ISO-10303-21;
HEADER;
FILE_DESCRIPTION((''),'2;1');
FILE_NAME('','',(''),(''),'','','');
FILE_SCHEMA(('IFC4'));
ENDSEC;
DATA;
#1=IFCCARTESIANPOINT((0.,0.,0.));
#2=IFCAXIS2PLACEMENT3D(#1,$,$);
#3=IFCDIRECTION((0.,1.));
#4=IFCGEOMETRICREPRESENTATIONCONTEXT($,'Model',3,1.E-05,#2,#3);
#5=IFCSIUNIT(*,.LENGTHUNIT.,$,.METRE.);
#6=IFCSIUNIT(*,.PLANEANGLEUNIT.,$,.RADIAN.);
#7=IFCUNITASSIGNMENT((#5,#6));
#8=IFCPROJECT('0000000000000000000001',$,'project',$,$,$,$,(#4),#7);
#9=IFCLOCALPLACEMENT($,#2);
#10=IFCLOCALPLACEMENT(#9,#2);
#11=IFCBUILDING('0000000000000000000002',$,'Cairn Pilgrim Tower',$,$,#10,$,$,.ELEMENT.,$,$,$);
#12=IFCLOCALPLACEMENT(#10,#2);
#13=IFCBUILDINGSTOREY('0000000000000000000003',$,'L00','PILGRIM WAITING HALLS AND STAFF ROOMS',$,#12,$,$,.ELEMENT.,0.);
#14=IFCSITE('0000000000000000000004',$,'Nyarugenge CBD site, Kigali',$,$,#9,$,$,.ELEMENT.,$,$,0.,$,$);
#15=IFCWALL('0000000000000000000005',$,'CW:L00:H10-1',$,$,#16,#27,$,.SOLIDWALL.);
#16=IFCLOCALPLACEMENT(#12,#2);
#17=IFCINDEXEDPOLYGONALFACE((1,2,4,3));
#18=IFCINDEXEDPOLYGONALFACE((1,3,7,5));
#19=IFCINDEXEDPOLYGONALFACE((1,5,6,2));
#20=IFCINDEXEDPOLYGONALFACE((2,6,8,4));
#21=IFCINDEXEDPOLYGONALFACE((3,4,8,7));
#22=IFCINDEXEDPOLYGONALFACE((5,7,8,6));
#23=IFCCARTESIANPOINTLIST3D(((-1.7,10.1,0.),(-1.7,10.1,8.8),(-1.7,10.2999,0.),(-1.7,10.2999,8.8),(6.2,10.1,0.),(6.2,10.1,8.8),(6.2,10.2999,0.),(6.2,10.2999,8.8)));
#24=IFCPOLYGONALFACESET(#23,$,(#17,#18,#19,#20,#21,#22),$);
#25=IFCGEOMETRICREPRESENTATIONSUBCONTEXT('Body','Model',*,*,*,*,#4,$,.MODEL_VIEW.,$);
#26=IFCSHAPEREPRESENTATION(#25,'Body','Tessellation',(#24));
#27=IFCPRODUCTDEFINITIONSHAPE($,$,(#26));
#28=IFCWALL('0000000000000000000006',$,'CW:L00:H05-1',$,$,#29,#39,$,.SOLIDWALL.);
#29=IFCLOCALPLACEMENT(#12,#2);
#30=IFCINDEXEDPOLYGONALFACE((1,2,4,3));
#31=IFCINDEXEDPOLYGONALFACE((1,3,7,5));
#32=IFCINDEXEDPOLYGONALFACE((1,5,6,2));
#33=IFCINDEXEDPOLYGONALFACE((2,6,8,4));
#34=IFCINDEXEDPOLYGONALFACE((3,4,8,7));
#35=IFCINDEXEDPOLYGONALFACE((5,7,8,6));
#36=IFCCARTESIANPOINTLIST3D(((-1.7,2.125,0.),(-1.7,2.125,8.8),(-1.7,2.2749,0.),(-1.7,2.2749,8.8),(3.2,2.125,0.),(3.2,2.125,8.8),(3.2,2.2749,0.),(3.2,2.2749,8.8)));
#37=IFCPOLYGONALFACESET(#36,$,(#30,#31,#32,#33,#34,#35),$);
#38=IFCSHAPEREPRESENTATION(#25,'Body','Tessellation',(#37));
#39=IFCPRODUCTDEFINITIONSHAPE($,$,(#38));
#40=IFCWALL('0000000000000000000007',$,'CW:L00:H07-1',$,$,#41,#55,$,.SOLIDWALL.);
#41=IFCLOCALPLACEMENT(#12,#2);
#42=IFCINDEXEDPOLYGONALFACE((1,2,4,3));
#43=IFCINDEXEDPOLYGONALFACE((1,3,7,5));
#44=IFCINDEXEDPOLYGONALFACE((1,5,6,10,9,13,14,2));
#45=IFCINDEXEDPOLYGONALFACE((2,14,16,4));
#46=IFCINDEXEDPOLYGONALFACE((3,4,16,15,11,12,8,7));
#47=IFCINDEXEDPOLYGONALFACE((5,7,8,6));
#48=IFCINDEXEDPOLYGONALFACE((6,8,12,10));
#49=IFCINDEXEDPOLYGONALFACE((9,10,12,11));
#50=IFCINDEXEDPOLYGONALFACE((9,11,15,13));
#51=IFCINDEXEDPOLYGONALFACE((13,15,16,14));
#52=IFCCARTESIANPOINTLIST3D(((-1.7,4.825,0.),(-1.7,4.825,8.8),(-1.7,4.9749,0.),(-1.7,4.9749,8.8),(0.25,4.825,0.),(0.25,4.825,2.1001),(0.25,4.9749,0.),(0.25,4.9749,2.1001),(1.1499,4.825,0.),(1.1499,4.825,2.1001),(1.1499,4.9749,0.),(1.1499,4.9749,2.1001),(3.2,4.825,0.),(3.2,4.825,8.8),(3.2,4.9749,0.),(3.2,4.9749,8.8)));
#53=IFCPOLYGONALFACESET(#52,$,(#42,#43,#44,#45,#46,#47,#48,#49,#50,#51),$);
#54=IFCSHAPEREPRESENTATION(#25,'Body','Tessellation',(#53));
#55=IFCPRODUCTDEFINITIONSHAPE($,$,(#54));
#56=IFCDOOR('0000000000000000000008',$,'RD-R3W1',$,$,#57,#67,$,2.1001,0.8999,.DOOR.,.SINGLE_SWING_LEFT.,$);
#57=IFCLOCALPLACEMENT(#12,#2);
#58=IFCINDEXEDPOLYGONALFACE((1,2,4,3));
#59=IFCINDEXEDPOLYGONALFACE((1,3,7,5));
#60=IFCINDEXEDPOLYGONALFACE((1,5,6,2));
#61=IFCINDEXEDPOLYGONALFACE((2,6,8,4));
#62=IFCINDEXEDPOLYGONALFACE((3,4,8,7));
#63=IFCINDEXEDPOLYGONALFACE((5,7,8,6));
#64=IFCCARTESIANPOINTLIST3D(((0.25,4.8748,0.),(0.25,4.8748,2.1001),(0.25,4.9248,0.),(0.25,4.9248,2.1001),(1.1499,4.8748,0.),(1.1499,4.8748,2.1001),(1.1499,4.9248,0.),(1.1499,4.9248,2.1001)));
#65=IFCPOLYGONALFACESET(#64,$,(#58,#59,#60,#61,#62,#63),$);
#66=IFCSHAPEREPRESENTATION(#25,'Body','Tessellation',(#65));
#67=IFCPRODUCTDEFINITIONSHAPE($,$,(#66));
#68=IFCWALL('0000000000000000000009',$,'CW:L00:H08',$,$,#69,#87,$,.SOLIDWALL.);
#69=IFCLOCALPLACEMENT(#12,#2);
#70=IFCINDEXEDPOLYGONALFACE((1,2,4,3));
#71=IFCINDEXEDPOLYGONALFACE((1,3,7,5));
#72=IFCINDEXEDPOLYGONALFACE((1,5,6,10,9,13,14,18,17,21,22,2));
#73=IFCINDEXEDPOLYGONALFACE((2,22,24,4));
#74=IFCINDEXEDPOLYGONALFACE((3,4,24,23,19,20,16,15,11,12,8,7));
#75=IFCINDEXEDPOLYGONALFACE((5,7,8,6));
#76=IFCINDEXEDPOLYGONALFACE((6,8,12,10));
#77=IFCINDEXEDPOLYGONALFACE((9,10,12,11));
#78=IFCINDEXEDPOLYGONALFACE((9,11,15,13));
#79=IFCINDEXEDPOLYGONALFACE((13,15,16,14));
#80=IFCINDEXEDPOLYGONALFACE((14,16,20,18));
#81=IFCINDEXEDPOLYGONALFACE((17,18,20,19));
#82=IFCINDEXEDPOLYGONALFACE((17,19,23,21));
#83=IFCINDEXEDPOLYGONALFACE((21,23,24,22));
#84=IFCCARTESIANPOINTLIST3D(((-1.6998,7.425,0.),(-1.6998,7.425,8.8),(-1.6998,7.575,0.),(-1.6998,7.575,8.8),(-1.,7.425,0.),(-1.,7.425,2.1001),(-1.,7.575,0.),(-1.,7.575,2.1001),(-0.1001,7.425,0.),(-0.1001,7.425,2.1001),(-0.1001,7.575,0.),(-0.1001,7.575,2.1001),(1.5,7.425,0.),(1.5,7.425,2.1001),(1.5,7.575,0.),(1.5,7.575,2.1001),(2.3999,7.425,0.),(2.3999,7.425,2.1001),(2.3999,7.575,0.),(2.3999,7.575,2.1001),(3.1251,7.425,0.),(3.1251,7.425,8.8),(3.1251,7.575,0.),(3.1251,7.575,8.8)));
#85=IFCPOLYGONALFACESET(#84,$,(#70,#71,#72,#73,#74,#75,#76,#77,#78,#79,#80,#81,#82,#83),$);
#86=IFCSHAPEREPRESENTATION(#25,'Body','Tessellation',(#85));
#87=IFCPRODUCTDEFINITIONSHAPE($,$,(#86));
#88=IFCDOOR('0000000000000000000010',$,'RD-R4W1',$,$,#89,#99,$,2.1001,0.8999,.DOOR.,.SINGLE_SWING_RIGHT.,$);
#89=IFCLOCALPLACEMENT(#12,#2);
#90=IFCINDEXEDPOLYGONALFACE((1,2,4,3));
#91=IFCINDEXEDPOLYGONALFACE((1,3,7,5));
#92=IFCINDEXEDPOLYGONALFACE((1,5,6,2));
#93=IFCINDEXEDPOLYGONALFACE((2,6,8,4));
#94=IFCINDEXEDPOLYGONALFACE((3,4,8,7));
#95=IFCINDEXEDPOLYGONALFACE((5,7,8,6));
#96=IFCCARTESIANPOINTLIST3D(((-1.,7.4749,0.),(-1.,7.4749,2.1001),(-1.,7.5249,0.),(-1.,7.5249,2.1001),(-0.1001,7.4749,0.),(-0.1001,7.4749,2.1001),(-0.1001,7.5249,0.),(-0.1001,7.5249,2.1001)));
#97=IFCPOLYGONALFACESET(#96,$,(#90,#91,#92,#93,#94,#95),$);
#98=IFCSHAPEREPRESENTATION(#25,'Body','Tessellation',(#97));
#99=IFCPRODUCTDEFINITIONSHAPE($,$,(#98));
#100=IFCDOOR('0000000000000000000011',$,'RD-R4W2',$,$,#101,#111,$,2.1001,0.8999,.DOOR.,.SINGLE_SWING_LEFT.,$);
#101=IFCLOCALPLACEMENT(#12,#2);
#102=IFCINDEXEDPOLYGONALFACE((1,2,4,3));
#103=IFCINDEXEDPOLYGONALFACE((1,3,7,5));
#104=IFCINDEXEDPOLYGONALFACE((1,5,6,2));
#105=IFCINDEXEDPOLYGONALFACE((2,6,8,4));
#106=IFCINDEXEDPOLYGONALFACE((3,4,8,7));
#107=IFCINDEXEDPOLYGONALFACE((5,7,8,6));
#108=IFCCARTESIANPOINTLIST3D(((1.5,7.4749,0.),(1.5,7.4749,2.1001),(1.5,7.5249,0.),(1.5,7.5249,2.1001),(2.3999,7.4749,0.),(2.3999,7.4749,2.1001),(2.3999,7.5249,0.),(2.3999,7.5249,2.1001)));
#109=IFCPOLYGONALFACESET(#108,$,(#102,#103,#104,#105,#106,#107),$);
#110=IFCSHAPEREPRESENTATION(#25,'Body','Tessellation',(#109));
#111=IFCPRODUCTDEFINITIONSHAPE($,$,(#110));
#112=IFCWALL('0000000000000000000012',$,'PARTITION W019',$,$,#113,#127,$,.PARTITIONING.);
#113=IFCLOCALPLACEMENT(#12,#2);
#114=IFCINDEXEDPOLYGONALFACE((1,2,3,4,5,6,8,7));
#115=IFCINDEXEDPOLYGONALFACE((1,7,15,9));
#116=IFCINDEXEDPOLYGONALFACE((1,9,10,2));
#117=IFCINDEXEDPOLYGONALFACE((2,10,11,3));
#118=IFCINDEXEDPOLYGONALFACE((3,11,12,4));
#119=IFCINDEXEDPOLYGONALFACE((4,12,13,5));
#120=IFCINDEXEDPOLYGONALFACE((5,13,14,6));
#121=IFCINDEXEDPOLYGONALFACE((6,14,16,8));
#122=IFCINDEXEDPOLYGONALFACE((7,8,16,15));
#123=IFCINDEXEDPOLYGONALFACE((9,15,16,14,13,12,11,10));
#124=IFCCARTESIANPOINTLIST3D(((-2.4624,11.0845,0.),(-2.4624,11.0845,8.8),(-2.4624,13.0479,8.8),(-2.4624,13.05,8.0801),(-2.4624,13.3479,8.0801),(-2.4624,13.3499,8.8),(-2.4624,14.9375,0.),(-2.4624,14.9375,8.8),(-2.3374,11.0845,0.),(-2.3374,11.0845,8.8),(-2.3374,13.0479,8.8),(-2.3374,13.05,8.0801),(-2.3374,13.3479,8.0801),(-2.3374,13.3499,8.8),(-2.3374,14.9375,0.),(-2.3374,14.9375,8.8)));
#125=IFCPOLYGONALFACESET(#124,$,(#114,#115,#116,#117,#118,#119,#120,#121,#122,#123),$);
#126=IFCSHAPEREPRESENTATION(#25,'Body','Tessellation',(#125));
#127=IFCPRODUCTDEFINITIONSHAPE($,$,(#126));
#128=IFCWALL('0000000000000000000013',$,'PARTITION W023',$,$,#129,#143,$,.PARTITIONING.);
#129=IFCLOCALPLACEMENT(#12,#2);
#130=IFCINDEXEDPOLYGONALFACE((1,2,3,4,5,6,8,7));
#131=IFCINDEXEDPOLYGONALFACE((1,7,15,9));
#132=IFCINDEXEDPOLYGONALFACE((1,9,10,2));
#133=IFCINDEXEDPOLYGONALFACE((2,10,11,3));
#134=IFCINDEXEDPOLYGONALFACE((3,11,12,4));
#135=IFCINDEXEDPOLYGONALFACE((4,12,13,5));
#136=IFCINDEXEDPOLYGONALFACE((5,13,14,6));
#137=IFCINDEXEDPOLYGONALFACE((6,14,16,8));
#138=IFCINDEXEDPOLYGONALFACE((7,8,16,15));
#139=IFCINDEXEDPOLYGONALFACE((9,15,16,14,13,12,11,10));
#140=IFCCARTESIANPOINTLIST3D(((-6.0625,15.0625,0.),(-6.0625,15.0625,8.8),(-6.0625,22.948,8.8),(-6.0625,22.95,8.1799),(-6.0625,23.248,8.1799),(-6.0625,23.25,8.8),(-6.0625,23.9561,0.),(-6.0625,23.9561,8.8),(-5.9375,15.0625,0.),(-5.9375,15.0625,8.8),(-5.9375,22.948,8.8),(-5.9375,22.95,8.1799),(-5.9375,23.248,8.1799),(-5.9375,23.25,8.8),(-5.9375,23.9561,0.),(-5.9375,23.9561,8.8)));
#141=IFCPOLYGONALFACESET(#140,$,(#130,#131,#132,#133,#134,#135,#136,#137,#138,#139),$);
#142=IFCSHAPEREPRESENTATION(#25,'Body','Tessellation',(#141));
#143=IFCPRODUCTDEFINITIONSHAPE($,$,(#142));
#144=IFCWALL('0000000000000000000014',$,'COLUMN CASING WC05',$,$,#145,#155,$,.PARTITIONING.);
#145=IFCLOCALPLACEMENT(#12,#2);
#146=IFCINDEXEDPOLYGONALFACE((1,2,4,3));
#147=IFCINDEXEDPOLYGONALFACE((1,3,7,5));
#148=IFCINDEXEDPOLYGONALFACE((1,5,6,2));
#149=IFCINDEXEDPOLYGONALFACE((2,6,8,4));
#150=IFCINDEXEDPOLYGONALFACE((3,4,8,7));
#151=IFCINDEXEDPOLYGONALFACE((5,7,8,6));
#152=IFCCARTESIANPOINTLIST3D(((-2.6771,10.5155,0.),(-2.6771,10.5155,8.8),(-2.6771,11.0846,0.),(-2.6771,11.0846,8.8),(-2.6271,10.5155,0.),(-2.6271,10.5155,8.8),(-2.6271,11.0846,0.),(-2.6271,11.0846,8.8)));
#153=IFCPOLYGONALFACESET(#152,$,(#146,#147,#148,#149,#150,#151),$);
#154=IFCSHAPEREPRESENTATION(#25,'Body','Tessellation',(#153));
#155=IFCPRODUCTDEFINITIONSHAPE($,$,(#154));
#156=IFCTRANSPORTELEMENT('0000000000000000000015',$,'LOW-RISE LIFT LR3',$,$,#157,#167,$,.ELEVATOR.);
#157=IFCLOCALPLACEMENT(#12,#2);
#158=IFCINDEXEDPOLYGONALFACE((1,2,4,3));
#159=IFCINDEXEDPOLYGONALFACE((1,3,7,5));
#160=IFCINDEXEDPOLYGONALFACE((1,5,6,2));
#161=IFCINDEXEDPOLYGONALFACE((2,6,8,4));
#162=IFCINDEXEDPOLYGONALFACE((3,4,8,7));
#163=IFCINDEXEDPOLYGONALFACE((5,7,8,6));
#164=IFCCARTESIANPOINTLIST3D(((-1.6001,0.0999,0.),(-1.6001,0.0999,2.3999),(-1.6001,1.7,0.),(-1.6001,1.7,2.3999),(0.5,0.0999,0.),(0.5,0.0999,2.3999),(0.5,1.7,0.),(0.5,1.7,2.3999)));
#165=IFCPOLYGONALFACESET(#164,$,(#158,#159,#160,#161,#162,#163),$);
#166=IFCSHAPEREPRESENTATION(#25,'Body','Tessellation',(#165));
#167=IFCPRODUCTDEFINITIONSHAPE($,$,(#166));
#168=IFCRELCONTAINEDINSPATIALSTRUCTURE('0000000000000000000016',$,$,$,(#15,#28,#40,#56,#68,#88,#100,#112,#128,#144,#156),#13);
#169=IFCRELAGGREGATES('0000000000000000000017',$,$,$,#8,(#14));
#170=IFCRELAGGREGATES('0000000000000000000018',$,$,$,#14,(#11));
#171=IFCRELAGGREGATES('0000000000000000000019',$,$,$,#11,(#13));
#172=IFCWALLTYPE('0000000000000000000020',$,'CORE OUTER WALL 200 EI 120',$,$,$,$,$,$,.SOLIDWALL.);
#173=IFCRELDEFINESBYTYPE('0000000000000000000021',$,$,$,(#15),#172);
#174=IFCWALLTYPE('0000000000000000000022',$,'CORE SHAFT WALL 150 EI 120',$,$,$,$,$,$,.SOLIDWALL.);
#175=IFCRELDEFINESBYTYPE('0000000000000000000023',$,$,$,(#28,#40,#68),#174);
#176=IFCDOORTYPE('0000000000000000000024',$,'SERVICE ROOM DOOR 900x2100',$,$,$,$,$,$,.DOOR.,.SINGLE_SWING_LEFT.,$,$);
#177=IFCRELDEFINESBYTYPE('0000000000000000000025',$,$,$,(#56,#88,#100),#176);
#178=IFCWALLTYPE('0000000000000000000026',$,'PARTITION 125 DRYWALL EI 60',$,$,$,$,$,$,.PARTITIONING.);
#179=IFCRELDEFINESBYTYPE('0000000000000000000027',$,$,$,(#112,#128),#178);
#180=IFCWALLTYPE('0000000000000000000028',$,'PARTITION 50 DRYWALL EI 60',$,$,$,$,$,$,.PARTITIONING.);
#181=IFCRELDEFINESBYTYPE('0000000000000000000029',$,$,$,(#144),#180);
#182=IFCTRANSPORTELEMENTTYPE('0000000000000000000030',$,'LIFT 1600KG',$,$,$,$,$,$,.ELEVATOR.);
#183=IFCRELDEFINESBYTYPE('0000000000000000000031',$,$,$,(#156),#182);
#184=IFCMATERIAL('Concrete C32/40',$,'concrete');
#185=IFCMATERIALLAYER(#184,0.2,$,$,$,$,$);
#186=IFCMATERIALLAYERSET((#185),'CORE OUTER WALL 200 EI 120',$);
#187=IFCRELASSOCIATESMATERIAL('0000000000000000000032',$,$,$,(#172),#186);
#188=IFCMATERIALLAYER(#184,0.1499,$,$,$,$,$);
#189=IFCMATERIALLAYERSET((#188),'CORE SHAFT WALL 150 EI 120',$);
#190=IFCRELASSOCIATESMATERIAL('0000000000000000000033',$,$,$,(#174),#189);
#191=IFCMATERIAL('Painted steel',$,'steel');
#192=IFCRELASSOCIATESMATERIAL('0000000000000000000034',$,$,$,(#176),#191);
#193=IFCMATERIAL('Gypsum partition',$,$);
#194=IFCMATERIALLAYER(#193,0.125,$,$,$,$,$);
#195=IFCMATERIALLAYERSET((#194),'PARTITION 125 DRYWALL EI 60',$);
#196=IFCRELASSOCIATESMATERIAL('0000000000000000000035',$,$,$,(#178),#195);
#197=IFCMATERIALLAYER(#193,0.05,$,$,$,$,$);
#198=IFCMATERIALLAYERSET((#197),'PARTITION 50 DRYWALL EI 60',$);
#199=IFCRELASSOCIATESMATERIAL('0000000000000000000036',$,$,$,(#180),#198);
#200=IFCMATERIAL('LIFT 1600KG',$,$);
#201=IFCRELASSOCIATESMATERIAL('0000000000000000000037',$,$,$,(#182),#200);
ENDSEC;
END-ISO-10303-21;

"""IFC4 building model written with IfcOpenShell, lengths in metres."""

from ifc_helpers import new_model, si_unit, direction, frame, frame_2d, origin, origin_2d, place, context, subcontext, project, spatial, polyline, rectangle, outline, extrude, material, layer, layer_set, type_object, element, fill, save


model = new_model("IFC4")

# Units and contexts
model_context = context("Model", 3, precision=1e-05, world=origin(), true_north=direction((0.0, 1.0)))
body_context = subcontext(model_context, "Body", "Model", "MODEL_VIEW")
ifc_project = project(units=[si_unit("LENGTHUNIT", "METRE"), si_unit("PLANEANGLEUNIT", "RADIAN")], contexts=[model_context])

# Site, building, storey
site_placement = place(None, origin())
site = spatial("IfcSite", under=ifc_project, at=site_placement, Name="Nyarugenge CBD site, Kigali", CompositionType="ELEMENT", RefElevation=0.0)
building_placement = place(site_placement, origin())
building = spatial("IfcBuilding", under=site, at=building_placement, Name="Cairn Pilgrim Tower", CompositionType="ELEMENT")
storey_placement = place(building_placement, origin())
storey = spatial("IfcBuildingStorey", under=building, at=storey_placement, Name="L00", Description="PILGRIM WAITING HALLS AND STAFF ROOMS", CompositionType="ELEMENT", Elevation=0.0)

# Walls
ifc_material_1 = material(Name="Concrete C32/40", Category="concrete")
ifc_layer_1 = layer(ifc_material_1, 0.2)
ifc_layer_set_1 = layer_set([ifc_layer_1], Name="CORE OUTER WALL 200 EI 120")
wall_type_1 = type_object("IfcWallType", Name="CORE OUTER WALL 200 EI 120", PredefinedType="SOLIDWALL", material=ifc_layer_set_1)
wall_1_placement = place(storey_placement, frame((-1.7, 10.2, 0.0), z_axis=(0.0, 0.0, 1.0), x_axis=(1.0, 0.0, 0.0)))
element("IfcWall", 1, at=wall_1_placement, inside=storey, type_object=wall_type_1, Name="CW:L00:H10-1", PredefinedType="SOLIDWALL", context=body_context, shape_type="SweptSolid", body=[
    extrude(rectangle(XDim=7.8999, YDim=0.2, at=frame_2d((3.95, 0.0))), origin(), (0.0, 0.0, 1.0), 8.8),
])
ifc_layer_2 = layer(ifc_material_1, 0.1499)
ifc_layer_set_2 = layer_set([ifc_layer_2], Name="CORE SHAFT WALL 150 EI 120")
wall_type_2 = type_object("IfcWallType", Name="CORE SHAFT WALL 150 EI 120", PredefinedType="SOLIDWALL", material=ifc_layer_set_2)
wall_2_placement = place(storey_placement, frame((-1.7, 2.2, 0.0), z_axis=(0.0, 0.0, 1.0), x_axis=(1.0, 0.0, 0.0)))
element("IfcWall", 2, at=wall_2_placement, inside=storey, type_object=wall_type_2, Name="CW:L00:H05-1", PredefinedType="SOLIDWALL", context=body_context, shape_type="SweptSolid", body=[
    extrude(rectangle(XDim=4.8999, YDim=0.1499, at=frame_2d((2.45, 0.0))), origin(), (0.0, 0.0, 1.0), 8.8),
])

# Wall, opening, door
wall_3_placement = place(storey_placement, frame((-1.7, 4.8999, 0.0), z_axis=(0.0, 0.0, 1.0), x_axis=(1.0, 0.0, 0.0)))
wall_3 = element("IfcWall", 3, at=wall_3_placement, inside=storey, type_object=wall_type_2, Name="CW:L00:H07-1", PredefinedType="SOLIDWALL", context=body_context, shape_type="SweptSolid", body=[
    extrude(rectangle(XDim=4.8999, YDim=0.1499, at=frame_2d((2.45, 0.0))), origin(), (0.0, 0.0, 1.0), 8.8),
])
opening_1_placement = place(wall_3_placement, frame((1.95, 0.0, 0.0)))
opening_1 = element("IfcOpeningElement", 4, at=opening_1_placement, cuts=wall_3, PredefinedType="OPENING", context=body_context, shape_type="SweptSolid", body=[
    extrude(rectangle(XDim=0.8999, YDim=2.1001, at=frame_2d((0.45, 1.05))), frame((0.0, 0.085, 0.0), z_axis=(0.0, -1.0, 0.0), x_axis=(1.0, 0.0, 0.0)), (0.0, 0.0, 1.0), 0.1699),
])
ifc_material_2 = material(Name="Painted steel", Category="steel")
door_type = type_object("IfcDoorType", Name="SERVICE ROOM DOOR 900x2100", OperationType="SINGLE_SWING_LEFT", PredefinedType="DOOR", material=ifc_material_2)
door_1_placement = place(opening_1_placement, origin())
door_1 = element("IfcDoor", 5, at=door_1_placement, inside=storey, type_object=door_type, Name="RD-R3W1", OperationType="SINGLE_SWING_LEFT", OverallHeight=2.1001, OverallWidth=0.8999, PredefinedType="DOOR", context=body_context, shape_type="SweptSolid", body=[
    extrude(rectangle(XDim=0.8999, YDim=2.1001, at=frame_2d((0.45, 1.05))), frame((0.0, 0.0249, 0.0), z_axis=(0.0, -1.0, 0.0), x_axis=(1.0, 0.0, 0.0)), (0.0, 0.0, 1.0), 0.05),
])
fill(opening_1, door_1)

# Wall, openings, doors
wall_4_placement = place(storey_placement, frame((-1.7, 7.5, 0.0), z_axis=(0.0, 0.0, 1.0), x_axis=(1.0, 0.0, 0.0)))
wall_4 = element("IfcWall", 6, at=wall_4_placement, inside=storey, type_object=wall_type_2, Name="CW:L00:H08", PredefinedType="SOLIDWALL", context=body_context, shape_type="SweptSolid", body=[
    extrude(rectangle(XDim=4.825, YDim=0.1499, at=frame_2d((2.4126, 0.0))), origin(), (0.0, 0.0, 1.0), 8.8),
])
opening_2_placement = place(wall_4_placement, frame((0.7, 0.0, 0.0)))
opening_2 = element("IfcOpeningElement", 7, at=opening_2_placement, cuts=wall_4, PredefinedType="OPENING", context=body_context, shape_type="SweptSolid", body=[
    extrude(rectangle(XDim=0.8999, YDim=2.1001, at=frame_2d((0.45, 1.05))), frame((0.0, 0.085, 0.0), z_axis=(0.0, -1.0, 0.0), x_axis=(1.0, 0.0, 0.0)), (0.0, 0.0, 1.0), 0.1699),
])
opening_3_placement = place(wall_4_placement, frame((3.2, 0.0, 0.0)))
opening_3 = element("IfcOpeningElement", 8, at=opening_3_placement, cuts=wall_4, PredefinedType="OPENING", context=body_context, shape_type="SweptSolid", body=[
    extrude(rectangle(XDim=0.8999, YDim=2.1001, at=frame_2d((0.45, 1.05))), frame((0.0, 0.085, 0.0), z_axis=(0.0, -1.0, 0.0), x_axis=(1.0, 0.0, 0.0)), (0.0, 0.0, 1.0), 0.1699),
])
door_2_placement = place(opening_2_placement, origin())
door_2 = element("IfcDoor", 9, at=door_2_placement, inside=storey, type_object=door_type, Name="RD-R4W1", OperationType="SINGLE_SWING_RIGHT", OverallHeight=2.1001, OverallWidth=0.8999, PredefinedType="DOOR", context=body_context, shape_type="SweptSolid", body=[
    extrude(rectangle(XDim=0.8999, YDim=2.1001, at=frame_2d((0.45, 1.05))), frame((0.0, 0.0249, 0.0), z_axis=(0.0, -1.0, 0.0), x_axis=(1.0, 0.0, 0.0)), (0.0, 0.0, 1.0), 0.05),
])
fill(opening_2, door_2)
door_3_placement = place(opening_3_placement, origin())
door_3 = element("IfcDoor", 10, at=door_3_placement, inside=storey, type_object=door_type, Name="RD-R4W2", OperationType="SINGLE_SWING_LEFT", OverallHeight=2.1001, OverallWidth=0.8999, PredefinedType="DOOR", context=body_context, shape_type="SweptSolid", body=[
    extrude(rectangle(XDim=0.8999, YDim=2.1001, at=frame_2d((0.45, 1.05))), frame((0.0, 0.0249, 0.0), z_axis=(0.0, -1.0, 0.0), x_axis=(1.0, 0.0, 0.0)), (0.0, 0.0, 1.0), 0.05),
])
fill(opening_3, door_3)

# Walls
ifc_material_3 = material(Name="Gypsum partition")
ifc_layer_3 = layer(ifc_material_3, 0.125)
ifc_layer_set_3 = layer_set([ifc_layer_3], Name="PARTITION 125 DRYWALL EI 60")
wall_type_3 = type_object("IfcWallType", Name="PARTITION 125 DRYWALL EI 60", PredefinedType="PARTITIONING", material=ifc_layer_set_3)
wall_5_placement = place(storey_placement, frame((-2.3999, 11.0845, 0.0), z_axis=(0.0, 0.0, 1.0), x_axis=(0.0, 1.0, 0.0)))
element("IfcWall", 11, at=wall_5_placement, inside=storey, type_object=wall_type_3, Name="PARTITION W019", PredefinedType="PARTITIONING", context=body_context, shape_type="SweptSolid", body=[
    extrude(outline(polyline([(0.0, 0.0), (3.853, 0.0), (3.853, 8.8), (2.2654, 8.8), (2.2634, 8.0801), (1.9656, 8.0801), (1.9634, 8.8), (0.0, 8.8), (0.0, 0.0)])), frame((0.0, 0.0625, 0.0), z_axis=(0.0, -1.0, 0.0), x_axis=(1.0, 0.0, 0.0)), (0.0, 0.0, 1.0), 0.125),
])
wall_6_placement = place(storey_placement, frame((-6.0, 15.0625, 0.0), z_axis=(0.0, 0.0, 1.0), x_axis=(0.0, 1.0, 0.0)))
element("IfcWall", 12, at=wall_6_placement, inside=storey, type_object=wall_type_3, Name="PARTITION W023", PredefinedType="PARTITIONING", context=body_context, shape_type="SweptSolid", body=[
    extrude(outline(polyline([(0.0, 0.0), (8.8936, 0.0), (8.8936, 8.8), (8.1875, 8.8), (8.1855, 8.1799), (7.8875, 8.1799), (7.8855, 8.8), (0.0, 8.8), (0.0, 0.0)])), frame((0.0, 0.0625, 0.0), z_axis=(0.0, -1.0, 0.0), x_axis=(1.0, 0.0, 0.0)), (0.0, 0.0, 1.0), 0.125),
])
ifc_layer_4 = layer(ifc_material_3, 0.05)
ifc_layer_set_4 = layer_set([ifc_layer_4], Name="PARTITION 50 DRYWALL EI 60")
wall_type_4 = type_object("IfcWallType", Name="PARTITION 50 DRYWALL EI 60", PredefinedType="PARTITIONING", material=ifc_layer_set_4)
wall_7_placement = place(storey_placement, frame((-2.6521, 10.5154, 0.0), z_axis=(0.0, 0.0, 1.0), x_axis=(0.0, 1.0, 0.0)))
element("IfcWall", 13, at=wall_7_placement, inside=storey, type_object=wall_type_4, Name="COLUMN CASING WC05", PredefinedType="PARTITIONING", context=body_context, shape_type="SweptSolid", body=[
    extrude(rectangle(XDim=0.5691, YDim=0.05, at=frame_2d((0.2847, 0.0))), origin(), (0.0, 0.0, 1.0), 8.8),
])

# Transport element
ifc_material_4 = material(Name="LIFT 1600KG")
transport_element_type = type_object("IfcTransportElementType", Name="LIFT 1600KG", PredefinedType="ELEVATOR", material=ifc_material_4)
transport_element_placement = place(storey_placement, frame((-0.55, 0.8999, 0.0), z_axis=(0.0, 0.0, 1.0), x_axis=(1.0, 0.0, 0.0)))
element("IfcTransportElement", 14, at=transport_element_placement, inside=storey, type_object=transport_element_type, Name="LOW-RISE LIFT LR3", PredefinedType="ELEVATOR", context=body_context, shape_type="SweptSolid", body=[
    extrude(rectangle(XDim=2.1001, YDim=1.6001, at=origin_2d()), origin(), (0.0, 0.0, 1.0), 2.3999),
])

save(model, "model.ifc")
